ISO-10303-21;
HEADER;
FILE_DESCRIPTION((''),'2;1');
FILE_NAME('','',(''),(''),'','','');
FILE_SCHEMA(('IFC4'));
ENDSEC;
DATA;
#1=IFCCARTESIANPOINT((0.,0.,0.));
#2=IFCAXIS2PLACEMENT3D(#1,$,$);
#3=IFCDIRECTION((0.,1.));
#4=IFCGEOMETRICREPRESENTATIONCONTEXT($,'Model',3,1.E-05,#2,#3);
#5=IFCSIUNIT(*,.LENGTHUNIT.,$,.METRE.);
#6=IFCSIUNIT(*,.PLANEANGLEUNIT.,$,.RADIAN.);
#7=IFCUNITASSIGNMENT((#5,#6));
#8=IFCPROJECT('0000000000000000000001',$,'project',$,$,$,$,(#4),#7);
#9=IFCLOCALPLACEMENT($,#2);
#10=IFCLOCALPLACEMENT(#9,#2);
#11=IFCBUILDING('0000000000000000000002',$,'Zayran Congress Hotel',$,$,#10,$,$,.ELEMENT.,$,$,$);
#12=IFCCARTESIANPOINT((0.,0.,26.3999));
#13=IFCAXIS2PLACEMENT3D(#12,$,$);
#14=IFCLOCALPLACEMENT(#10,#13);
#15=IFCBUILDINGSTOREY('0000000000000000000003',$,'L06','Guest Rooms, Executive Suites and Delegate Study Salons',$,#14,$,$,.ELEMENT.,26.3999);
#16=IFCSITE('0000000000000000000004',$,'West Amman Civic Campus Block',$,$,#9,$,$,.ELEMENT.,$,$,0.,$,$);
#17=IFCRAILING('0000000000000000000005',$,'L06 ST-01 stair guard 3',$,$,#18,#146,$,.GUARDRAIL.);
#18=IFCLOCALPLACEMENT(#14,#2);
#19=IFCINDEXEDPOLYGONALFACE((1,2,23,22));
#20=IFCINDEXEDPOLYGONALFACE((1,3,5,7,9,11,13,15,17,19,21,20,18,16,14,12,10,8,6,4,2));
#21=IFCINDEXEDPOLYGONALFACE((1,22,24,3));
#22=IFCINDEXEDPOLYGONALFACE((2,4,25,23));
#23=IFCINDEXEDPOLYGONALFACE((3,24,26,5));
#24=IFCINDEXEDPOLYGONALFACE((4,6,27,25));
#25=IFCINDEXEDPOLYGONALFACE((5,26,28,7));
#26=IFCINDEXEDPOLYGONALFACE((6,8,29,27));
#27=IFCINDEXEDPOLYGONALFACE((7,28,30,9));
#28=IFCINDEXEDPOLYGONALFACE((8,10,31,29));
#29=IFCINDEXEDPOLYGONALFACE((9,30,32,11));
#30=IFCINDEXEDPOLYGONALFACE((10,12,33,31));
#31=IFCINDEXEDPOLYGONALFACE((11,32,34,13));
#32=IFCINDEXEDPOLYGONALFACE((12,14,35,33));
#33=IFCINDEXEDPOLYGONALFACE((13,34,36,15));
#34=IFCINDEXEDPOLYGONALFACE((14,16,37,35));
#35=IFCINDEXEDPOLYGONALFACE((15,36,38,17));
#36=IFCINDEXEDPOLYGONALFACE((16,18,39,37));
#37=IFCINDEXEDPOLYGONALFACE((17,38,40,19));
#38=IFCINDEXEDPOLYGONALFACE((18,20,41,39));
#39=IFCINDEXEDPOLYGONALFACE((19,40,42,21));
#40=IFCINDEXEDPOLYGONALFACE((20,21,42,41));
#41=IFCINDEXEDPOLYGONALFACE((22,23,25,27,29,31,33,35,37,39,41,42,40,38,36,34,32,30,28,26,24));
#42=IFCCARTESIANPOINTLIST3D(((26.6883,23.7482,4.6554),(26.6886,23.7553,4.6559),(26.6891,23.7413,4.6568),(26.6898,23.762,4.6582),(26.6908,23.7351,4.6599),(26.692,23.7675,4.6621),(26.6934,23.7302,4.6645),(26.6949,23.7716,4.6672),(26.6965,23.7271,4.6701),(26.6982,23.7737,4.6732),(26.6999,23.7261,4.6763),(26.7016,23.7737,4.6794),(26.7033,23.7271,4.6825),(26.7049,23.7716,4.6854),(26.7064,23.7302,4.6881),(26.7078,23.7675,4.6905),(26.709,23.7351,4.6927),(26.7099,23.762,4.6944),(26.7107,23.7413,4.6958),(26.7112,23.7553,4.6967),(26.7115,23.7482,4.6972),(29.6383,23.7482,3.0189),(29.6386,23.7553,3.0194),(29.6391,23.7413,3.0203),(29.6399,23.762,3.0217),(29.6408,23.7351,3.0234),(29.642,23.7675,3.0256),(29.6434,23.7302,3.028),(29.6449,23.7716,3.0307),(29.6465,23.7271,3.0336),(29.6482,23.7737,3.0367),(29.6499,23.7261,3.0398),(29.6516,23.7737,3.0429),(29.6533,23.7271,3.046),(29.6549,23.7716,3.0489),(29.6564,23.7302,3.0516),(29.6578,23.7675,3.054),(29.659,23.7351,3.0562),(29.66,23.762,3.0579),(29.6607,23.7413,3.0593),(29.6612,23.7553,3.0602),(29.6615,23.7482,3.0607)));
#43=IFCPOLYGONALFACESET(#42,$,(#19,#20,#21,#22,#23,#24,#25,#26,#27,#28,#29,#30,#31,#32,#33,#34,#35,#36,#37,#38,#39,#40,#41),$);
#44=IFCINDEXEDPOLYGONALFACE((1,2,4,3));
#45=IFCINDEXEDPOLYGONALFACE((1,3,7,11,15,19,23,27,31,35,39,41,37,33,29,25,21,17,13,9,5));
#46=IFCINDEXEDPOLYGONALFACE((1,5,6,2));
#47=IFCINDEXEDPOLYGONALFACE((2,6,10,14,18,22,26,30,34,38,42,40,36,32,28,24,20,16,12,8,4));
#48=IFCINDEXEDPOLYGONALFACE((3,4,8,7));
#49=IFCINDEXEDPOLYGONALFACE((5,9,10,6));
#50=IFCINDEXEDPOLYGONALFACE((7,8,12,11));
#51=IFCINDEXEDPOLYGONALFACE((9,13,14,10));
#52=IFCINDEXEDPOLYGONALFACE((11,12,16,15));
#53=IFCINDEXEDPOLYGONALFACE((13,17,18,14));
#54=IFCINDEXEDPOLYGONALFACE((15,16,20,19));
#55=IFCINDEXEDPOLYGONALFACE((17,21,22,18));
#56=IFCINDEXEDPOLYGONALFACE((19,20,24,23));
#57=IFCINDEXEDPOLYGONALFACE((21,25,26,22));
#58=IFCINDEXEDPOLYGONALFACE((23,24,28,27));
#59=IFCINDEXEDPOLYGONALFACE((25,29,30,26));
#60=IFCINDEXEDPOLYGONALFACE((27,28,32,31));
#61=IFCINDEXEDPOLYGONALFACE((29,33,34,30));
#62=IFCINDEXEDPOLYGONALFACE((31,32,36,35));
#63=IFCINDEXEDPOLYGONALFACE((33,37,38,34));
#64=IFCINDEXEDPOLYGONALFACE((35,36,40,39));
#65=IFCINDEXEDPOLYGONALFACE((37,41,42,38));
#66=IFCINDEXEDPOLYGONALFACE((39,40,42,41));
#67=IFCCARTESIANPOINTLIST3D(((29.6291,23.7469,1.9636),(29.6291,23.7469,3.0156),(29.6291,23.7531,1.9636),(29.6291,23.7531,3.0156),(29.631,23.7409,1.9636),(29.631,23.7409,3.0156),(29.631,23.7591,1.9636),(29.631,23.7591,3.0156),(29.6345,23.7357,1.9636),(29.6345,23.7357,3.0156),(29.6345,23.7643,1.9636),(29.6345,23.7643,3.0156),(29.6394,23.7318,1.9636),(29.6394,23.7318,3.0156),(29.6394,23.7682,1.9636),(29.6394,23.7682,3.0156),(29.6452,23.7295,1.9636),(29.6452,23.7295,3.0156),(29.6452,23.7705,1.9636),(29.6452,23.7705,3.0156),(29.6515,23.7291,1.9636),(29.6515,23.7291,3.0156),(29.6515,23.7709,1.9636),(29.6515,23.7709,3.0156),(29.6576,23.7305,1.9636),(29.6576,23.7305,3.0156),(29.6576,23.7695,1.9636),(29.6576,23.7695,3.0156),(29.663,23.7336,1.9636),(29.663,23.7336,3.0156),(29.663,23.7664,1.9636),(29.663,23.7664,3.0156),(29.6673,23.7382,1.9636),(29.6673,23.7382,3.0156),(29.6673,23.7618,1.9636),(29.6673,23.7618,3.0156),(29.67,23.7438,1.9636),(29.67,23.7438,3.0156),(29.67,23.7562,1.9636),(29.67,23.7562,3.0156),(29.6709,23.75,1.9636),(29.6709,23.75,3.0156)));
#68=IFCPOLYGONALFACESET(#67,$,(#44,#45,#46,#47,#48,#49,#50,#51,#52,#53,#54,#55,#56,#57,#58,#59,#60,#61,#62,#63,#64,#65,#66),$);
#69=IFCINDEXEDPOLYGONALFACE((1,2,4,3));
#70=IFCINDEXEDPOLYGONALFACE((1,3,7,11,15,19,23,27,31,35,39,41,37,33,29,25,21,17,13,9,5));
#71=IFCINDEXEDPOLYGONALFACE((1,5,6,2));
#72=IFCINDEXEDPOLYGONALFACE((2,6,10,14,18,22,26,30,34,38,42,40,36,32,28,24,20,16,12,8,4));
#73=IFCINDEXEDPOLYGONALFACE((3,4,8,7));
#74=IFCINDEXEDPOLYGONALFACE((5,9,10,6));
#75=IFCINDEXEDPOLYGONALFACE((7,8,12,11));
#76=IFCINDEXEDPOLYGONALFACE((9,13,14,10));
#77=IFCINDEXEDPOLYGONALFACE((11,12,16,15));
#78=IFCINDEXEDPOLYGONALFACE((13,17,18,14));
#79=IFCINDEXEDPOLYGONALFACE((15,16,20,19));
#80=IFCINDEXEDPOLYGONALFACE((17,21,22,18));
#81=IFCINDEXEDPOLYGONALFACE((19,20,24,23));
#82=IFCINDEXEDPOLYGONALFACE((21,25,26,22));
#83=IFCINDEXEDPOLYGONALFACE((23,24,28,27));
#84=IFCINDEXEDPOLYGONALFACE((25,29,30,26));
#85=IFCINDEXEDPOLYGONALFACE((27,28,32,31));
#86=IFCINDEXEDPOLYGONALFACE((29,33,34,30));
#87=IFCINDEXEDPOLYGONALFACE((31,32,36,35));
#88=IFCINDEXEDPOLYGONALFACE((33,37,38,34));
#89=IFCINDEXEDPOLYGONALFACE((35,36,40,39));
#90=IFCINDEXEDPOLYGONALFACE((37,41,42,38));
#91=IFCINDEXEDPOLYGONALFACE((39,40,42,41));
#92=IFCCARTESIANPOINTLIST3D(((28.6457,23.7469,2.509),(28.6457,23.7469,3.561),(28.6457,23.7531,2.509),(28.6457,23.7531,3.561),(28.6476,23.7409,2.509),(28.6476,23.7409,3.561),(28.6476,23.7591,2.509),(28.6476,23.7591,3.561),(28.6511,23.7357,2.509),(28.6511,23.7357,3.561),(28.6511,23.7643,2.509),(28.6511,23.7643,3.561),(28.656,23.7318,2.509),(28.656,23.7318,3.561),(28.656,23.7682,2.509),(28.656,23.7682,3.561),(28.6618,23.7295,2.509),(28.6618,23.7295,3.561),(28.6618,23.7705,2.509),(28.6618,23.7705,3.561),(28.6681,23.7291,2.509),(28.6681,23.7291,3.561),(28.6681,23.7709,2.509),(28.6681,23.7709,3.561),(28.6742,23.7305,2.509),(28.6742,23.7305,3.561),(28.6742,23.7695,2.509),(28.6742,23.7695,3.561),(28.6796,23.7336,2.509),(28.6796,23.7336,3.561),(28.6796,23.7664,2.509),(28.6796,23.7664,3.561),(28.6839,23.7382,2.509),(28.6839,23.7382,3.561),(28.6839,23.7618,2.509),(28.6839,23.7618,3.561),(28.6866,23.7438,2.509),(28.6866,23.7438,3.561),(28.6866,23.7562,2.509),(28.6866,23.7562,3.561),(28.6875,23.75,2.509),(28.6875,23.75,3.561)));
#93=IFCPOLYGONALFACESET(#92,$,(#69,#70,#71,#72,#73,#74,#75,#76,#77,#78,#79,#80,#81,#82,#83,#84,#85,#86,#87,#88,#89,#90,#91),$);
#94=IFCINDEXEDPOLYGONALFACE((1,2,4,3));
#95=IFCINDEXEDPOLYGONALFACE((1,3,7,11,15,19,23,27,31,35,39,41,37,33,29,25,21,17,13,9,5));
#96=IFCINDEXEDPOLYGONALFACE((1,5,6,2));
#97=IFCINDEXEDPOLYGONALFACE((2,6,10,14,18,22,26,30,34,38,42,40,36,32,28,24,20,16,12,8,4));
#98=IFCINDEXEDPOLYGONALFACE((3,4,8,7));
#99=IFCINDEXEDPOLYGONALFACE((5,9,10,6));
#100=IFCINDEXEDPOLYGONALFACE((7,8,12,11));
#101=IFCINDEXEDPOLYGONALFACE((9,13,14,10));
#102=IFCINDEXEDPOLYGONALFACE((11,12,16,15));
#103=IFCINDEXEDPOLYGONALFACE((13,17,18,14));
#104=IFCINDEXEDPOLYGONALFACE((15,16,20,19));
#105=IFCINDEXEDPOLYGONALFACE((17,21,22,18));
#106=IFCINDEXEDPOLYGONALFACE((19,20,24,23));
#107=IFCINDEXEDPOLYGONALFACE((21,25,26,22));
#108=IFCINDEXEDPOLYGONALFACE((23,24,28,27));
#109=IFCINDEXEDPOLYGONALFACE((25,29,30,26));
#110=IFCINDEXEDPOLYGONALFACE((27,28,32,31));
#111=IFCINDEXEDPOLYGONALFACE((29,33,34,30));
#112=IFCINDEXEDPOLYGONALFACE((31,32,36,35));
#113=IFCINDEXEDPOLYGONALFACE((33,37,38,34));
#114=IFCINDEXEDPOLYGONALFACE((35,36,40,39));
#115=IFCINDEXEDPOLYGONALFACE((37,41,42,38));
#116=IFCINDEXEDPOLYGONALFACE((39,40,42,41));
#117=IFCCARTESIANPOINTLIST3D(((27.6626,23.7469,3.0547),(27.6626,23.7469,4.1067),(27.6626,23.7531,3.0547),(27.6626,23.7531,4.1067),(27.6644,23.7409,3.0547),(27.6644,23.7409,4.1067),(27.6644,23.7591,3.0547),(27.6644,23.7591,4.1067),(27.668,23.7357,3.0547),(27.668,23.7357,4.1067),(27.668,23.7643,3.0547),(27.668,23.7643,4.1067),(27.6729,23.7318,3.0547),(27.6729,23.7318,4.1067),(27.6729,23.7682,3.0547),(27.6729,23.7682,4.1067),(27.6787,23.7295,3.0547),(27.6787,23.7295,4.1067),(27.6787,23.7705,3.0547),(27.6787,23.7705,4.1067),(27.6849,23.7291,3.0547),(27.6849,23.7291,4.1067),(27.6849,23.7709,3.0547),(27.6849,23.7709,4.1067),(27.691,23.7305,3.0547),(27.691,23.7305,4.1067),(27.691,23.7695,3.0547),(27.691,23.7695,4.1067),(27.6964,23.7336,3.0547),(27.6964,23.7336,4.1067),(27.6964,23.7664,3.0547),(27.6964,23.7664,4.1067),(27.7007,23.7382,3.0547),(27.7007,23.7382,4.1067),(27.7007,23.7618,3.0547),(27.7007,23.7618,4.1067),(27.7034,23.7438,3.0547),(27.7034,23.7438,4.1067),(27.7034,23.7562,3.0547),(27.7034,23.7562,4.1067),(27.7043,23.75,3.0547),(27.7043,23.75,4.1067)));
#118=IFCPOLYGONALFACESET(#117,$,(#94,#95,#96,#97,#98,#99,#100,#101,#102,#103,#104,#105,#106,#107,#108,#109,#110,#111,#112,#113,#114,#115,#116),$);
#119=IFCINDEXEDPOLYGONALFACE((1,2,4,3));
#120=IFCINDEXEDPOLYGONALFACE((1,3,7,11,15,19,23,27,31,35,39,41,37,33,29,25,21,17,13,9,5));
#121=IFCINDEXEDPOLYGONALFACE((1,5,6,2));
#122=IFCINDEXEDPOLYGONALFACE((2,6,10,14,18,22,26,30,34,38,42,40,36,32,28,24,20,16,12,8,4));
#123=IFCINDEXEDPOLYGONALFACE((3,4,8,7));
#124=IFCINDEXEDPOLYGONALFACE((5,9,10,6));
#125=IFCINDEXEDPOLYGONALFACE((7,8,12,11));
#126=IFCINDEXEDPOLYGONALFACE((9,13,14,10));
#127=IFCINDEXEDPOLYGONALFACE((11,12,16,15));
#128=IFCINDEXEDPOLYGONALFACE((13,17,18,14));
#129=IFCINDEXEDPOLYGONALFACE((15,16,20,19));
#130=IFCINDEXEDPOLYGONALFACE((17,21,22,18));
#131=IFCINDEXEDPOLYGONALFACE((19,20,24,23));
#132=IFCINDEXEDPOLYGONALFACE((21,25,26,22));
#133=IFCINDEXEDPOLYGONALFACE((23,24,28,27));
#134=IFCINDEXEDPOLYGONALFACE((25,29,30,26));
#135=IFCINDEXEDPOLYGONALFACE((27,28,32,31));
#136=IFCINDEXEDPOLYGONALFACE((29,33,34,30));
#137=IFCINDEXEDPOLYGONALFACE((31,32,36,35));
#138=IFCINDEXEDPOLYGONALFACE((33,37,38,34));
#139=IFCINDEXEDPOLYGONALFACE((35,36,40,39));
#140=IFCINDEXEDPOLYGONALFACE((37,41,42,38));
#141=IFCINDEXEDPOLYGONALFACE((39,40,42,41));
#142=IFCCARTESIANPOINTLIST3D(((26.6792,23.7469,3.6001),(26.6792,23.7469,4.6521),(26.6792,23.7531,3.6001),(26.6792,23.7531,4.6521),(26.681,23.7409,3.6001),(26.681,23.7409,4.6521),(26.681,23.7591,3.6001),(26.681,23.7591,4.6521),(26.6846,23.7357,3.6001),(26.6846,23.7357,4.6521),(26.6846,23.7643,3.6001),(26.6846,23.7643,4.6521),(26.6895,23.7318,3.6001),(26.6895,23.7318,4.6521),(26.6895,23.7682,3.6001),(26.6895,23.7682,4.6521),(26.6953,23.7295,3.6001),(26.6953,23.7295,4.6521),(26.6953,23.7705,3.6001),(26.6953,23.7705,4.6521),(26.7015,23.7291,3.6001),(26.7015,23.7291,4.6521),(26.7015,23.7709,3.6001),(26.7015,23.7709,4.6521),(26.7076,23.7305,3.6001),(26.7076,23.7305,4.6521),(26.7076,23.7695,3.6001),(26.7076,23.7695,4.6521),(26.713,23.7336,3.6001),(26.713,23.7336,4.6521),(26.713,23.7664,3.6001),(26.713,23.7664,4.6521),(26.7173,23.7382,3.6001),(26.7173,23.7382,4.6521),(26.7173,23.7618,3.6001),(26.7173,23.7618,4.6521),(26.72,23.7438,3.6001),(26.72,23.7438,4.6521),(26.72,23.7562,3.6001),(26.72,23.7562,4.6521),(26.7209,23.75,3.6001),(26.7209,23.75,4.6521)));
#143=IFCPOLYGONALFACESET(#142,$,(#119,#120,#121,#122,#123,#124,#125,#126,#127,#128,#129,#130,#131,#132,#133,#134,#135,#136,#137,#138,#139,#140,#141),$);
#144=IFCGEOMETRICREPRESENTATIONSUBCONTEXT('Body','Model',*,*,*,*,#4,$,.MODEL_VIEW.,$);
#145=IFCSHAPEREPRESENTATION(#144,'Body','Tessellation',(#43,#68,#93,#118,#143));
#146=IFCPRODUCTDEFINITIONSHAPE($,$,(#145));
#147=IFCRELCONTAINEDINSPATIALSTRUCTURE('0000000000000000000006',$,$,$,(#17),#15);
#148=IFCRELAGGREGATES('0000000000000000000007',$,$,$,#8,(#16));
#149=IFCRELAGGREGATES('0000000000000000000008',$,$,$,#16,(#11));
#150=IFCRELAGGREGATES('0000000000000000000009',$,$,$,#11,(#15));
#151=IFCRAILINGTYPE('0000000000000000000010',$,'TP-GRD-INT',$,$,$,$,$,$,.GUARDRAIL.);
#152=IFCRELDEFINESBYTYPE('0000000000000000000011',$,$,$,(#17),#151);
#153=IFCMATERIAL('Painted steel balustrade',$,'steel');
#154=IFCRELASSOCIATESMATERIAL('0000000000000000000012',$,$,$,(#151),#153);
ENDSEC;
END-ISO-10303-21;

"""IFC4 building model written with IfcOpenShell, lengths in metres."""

from ifc_helpers import new_model, si_unit, direction, frame, origin, origin_2d, place, context, subcontext, project, spatial, circle, extrude, material, type_object, element, save


model = new_model("IFC4")

# Units and contexts
model_context = context("Model", 3, precision=1e-05, world=origin(), true_north=direction((0.0, 1.0)))
body_context = subcontext(model_context, "Body", "Model", "MODEL_VIEW")
ifc_project = project(units=[si_unit("LENGTHUNIT", "METRE"), si_unit("PLANEANGLEUNIT", "RADIAN")], contexts=[model_context])

# Site, building, storey
site_placement = place(None, origin())
site = spatial("IfcSite", under=ifc_project, at=site_placement, Name="West Amman Civic Campus Block", CompositionType="ELEMENT", RefElevation=0.0)
building_placement = place(site_placement, origin())
building = spatial("IfcBuilding", under=site, at=building_placement, Name="Zayran Congress Hotel", CompositionType="ELEMENT")
storey_placement = place(building_placement, frame((0.0, 0.0, 26.3999)))
storey = spatial("IfcBuildingStorey", under=building, at=storey_placement, Name="L06", Description="Guest Rooms, Executive Suites and Delegate Study Salons", CompositionType="ELEMENT", Elevation=26.3999)

# Railing
ifc_material_1 = material(Name="Painted steel balustrade", Category="steel")
railing_type_1 = type_object("IfcRailingType", Name="TP-GRD-INT", PredefinedType="GUARDRAIL", material=ifc_material_1)
railing_1_placement = place(storey_placement, frame((29.6499, 23.75, 1.9636)))
element("IfcRailing", 1, at=railing_1_placement, inside=storey, type_object=railing_type_1, Name="L06 ST-01 stair guard 3", PredefinedType="GUARDRAIL", context=body_context, shape_type="SweptSolid", body=[
    extrude(circle(Radius=0.0239, at=origin_2d()), frame((0.0, 0.0, 1.0762), z_axis=(-0.874458, 0.0, 0.485102), x_axis=(0.0, -1.0, 0.0)), (0.0, 0.0, 1.0), 3.3735),
    extrude(circle(Radius=0.021, at=origin_2d()), origin(), (0.0, 0.0, 1.0), 1.052),
    extrude(circle(Radius=0.021, at=origin_2d()), frame((-0.9834, 0.0, 0.5454)), (0.0, 0.0, 1.0), 1.052),
    extrude(circle(Radius=0.021, at=origin_2d()), frame((-1.9666, 0.0, 1.0911)), (0.0, 0.0, 1.0), 1.052),
    extrude(circle(Radius=0.021, at=origin_2d()), frame((-2.95, 0.0, 1.6365)), (0.0, 0.0, 1.0), 1.052),
])

save(model, "model.ifc")
